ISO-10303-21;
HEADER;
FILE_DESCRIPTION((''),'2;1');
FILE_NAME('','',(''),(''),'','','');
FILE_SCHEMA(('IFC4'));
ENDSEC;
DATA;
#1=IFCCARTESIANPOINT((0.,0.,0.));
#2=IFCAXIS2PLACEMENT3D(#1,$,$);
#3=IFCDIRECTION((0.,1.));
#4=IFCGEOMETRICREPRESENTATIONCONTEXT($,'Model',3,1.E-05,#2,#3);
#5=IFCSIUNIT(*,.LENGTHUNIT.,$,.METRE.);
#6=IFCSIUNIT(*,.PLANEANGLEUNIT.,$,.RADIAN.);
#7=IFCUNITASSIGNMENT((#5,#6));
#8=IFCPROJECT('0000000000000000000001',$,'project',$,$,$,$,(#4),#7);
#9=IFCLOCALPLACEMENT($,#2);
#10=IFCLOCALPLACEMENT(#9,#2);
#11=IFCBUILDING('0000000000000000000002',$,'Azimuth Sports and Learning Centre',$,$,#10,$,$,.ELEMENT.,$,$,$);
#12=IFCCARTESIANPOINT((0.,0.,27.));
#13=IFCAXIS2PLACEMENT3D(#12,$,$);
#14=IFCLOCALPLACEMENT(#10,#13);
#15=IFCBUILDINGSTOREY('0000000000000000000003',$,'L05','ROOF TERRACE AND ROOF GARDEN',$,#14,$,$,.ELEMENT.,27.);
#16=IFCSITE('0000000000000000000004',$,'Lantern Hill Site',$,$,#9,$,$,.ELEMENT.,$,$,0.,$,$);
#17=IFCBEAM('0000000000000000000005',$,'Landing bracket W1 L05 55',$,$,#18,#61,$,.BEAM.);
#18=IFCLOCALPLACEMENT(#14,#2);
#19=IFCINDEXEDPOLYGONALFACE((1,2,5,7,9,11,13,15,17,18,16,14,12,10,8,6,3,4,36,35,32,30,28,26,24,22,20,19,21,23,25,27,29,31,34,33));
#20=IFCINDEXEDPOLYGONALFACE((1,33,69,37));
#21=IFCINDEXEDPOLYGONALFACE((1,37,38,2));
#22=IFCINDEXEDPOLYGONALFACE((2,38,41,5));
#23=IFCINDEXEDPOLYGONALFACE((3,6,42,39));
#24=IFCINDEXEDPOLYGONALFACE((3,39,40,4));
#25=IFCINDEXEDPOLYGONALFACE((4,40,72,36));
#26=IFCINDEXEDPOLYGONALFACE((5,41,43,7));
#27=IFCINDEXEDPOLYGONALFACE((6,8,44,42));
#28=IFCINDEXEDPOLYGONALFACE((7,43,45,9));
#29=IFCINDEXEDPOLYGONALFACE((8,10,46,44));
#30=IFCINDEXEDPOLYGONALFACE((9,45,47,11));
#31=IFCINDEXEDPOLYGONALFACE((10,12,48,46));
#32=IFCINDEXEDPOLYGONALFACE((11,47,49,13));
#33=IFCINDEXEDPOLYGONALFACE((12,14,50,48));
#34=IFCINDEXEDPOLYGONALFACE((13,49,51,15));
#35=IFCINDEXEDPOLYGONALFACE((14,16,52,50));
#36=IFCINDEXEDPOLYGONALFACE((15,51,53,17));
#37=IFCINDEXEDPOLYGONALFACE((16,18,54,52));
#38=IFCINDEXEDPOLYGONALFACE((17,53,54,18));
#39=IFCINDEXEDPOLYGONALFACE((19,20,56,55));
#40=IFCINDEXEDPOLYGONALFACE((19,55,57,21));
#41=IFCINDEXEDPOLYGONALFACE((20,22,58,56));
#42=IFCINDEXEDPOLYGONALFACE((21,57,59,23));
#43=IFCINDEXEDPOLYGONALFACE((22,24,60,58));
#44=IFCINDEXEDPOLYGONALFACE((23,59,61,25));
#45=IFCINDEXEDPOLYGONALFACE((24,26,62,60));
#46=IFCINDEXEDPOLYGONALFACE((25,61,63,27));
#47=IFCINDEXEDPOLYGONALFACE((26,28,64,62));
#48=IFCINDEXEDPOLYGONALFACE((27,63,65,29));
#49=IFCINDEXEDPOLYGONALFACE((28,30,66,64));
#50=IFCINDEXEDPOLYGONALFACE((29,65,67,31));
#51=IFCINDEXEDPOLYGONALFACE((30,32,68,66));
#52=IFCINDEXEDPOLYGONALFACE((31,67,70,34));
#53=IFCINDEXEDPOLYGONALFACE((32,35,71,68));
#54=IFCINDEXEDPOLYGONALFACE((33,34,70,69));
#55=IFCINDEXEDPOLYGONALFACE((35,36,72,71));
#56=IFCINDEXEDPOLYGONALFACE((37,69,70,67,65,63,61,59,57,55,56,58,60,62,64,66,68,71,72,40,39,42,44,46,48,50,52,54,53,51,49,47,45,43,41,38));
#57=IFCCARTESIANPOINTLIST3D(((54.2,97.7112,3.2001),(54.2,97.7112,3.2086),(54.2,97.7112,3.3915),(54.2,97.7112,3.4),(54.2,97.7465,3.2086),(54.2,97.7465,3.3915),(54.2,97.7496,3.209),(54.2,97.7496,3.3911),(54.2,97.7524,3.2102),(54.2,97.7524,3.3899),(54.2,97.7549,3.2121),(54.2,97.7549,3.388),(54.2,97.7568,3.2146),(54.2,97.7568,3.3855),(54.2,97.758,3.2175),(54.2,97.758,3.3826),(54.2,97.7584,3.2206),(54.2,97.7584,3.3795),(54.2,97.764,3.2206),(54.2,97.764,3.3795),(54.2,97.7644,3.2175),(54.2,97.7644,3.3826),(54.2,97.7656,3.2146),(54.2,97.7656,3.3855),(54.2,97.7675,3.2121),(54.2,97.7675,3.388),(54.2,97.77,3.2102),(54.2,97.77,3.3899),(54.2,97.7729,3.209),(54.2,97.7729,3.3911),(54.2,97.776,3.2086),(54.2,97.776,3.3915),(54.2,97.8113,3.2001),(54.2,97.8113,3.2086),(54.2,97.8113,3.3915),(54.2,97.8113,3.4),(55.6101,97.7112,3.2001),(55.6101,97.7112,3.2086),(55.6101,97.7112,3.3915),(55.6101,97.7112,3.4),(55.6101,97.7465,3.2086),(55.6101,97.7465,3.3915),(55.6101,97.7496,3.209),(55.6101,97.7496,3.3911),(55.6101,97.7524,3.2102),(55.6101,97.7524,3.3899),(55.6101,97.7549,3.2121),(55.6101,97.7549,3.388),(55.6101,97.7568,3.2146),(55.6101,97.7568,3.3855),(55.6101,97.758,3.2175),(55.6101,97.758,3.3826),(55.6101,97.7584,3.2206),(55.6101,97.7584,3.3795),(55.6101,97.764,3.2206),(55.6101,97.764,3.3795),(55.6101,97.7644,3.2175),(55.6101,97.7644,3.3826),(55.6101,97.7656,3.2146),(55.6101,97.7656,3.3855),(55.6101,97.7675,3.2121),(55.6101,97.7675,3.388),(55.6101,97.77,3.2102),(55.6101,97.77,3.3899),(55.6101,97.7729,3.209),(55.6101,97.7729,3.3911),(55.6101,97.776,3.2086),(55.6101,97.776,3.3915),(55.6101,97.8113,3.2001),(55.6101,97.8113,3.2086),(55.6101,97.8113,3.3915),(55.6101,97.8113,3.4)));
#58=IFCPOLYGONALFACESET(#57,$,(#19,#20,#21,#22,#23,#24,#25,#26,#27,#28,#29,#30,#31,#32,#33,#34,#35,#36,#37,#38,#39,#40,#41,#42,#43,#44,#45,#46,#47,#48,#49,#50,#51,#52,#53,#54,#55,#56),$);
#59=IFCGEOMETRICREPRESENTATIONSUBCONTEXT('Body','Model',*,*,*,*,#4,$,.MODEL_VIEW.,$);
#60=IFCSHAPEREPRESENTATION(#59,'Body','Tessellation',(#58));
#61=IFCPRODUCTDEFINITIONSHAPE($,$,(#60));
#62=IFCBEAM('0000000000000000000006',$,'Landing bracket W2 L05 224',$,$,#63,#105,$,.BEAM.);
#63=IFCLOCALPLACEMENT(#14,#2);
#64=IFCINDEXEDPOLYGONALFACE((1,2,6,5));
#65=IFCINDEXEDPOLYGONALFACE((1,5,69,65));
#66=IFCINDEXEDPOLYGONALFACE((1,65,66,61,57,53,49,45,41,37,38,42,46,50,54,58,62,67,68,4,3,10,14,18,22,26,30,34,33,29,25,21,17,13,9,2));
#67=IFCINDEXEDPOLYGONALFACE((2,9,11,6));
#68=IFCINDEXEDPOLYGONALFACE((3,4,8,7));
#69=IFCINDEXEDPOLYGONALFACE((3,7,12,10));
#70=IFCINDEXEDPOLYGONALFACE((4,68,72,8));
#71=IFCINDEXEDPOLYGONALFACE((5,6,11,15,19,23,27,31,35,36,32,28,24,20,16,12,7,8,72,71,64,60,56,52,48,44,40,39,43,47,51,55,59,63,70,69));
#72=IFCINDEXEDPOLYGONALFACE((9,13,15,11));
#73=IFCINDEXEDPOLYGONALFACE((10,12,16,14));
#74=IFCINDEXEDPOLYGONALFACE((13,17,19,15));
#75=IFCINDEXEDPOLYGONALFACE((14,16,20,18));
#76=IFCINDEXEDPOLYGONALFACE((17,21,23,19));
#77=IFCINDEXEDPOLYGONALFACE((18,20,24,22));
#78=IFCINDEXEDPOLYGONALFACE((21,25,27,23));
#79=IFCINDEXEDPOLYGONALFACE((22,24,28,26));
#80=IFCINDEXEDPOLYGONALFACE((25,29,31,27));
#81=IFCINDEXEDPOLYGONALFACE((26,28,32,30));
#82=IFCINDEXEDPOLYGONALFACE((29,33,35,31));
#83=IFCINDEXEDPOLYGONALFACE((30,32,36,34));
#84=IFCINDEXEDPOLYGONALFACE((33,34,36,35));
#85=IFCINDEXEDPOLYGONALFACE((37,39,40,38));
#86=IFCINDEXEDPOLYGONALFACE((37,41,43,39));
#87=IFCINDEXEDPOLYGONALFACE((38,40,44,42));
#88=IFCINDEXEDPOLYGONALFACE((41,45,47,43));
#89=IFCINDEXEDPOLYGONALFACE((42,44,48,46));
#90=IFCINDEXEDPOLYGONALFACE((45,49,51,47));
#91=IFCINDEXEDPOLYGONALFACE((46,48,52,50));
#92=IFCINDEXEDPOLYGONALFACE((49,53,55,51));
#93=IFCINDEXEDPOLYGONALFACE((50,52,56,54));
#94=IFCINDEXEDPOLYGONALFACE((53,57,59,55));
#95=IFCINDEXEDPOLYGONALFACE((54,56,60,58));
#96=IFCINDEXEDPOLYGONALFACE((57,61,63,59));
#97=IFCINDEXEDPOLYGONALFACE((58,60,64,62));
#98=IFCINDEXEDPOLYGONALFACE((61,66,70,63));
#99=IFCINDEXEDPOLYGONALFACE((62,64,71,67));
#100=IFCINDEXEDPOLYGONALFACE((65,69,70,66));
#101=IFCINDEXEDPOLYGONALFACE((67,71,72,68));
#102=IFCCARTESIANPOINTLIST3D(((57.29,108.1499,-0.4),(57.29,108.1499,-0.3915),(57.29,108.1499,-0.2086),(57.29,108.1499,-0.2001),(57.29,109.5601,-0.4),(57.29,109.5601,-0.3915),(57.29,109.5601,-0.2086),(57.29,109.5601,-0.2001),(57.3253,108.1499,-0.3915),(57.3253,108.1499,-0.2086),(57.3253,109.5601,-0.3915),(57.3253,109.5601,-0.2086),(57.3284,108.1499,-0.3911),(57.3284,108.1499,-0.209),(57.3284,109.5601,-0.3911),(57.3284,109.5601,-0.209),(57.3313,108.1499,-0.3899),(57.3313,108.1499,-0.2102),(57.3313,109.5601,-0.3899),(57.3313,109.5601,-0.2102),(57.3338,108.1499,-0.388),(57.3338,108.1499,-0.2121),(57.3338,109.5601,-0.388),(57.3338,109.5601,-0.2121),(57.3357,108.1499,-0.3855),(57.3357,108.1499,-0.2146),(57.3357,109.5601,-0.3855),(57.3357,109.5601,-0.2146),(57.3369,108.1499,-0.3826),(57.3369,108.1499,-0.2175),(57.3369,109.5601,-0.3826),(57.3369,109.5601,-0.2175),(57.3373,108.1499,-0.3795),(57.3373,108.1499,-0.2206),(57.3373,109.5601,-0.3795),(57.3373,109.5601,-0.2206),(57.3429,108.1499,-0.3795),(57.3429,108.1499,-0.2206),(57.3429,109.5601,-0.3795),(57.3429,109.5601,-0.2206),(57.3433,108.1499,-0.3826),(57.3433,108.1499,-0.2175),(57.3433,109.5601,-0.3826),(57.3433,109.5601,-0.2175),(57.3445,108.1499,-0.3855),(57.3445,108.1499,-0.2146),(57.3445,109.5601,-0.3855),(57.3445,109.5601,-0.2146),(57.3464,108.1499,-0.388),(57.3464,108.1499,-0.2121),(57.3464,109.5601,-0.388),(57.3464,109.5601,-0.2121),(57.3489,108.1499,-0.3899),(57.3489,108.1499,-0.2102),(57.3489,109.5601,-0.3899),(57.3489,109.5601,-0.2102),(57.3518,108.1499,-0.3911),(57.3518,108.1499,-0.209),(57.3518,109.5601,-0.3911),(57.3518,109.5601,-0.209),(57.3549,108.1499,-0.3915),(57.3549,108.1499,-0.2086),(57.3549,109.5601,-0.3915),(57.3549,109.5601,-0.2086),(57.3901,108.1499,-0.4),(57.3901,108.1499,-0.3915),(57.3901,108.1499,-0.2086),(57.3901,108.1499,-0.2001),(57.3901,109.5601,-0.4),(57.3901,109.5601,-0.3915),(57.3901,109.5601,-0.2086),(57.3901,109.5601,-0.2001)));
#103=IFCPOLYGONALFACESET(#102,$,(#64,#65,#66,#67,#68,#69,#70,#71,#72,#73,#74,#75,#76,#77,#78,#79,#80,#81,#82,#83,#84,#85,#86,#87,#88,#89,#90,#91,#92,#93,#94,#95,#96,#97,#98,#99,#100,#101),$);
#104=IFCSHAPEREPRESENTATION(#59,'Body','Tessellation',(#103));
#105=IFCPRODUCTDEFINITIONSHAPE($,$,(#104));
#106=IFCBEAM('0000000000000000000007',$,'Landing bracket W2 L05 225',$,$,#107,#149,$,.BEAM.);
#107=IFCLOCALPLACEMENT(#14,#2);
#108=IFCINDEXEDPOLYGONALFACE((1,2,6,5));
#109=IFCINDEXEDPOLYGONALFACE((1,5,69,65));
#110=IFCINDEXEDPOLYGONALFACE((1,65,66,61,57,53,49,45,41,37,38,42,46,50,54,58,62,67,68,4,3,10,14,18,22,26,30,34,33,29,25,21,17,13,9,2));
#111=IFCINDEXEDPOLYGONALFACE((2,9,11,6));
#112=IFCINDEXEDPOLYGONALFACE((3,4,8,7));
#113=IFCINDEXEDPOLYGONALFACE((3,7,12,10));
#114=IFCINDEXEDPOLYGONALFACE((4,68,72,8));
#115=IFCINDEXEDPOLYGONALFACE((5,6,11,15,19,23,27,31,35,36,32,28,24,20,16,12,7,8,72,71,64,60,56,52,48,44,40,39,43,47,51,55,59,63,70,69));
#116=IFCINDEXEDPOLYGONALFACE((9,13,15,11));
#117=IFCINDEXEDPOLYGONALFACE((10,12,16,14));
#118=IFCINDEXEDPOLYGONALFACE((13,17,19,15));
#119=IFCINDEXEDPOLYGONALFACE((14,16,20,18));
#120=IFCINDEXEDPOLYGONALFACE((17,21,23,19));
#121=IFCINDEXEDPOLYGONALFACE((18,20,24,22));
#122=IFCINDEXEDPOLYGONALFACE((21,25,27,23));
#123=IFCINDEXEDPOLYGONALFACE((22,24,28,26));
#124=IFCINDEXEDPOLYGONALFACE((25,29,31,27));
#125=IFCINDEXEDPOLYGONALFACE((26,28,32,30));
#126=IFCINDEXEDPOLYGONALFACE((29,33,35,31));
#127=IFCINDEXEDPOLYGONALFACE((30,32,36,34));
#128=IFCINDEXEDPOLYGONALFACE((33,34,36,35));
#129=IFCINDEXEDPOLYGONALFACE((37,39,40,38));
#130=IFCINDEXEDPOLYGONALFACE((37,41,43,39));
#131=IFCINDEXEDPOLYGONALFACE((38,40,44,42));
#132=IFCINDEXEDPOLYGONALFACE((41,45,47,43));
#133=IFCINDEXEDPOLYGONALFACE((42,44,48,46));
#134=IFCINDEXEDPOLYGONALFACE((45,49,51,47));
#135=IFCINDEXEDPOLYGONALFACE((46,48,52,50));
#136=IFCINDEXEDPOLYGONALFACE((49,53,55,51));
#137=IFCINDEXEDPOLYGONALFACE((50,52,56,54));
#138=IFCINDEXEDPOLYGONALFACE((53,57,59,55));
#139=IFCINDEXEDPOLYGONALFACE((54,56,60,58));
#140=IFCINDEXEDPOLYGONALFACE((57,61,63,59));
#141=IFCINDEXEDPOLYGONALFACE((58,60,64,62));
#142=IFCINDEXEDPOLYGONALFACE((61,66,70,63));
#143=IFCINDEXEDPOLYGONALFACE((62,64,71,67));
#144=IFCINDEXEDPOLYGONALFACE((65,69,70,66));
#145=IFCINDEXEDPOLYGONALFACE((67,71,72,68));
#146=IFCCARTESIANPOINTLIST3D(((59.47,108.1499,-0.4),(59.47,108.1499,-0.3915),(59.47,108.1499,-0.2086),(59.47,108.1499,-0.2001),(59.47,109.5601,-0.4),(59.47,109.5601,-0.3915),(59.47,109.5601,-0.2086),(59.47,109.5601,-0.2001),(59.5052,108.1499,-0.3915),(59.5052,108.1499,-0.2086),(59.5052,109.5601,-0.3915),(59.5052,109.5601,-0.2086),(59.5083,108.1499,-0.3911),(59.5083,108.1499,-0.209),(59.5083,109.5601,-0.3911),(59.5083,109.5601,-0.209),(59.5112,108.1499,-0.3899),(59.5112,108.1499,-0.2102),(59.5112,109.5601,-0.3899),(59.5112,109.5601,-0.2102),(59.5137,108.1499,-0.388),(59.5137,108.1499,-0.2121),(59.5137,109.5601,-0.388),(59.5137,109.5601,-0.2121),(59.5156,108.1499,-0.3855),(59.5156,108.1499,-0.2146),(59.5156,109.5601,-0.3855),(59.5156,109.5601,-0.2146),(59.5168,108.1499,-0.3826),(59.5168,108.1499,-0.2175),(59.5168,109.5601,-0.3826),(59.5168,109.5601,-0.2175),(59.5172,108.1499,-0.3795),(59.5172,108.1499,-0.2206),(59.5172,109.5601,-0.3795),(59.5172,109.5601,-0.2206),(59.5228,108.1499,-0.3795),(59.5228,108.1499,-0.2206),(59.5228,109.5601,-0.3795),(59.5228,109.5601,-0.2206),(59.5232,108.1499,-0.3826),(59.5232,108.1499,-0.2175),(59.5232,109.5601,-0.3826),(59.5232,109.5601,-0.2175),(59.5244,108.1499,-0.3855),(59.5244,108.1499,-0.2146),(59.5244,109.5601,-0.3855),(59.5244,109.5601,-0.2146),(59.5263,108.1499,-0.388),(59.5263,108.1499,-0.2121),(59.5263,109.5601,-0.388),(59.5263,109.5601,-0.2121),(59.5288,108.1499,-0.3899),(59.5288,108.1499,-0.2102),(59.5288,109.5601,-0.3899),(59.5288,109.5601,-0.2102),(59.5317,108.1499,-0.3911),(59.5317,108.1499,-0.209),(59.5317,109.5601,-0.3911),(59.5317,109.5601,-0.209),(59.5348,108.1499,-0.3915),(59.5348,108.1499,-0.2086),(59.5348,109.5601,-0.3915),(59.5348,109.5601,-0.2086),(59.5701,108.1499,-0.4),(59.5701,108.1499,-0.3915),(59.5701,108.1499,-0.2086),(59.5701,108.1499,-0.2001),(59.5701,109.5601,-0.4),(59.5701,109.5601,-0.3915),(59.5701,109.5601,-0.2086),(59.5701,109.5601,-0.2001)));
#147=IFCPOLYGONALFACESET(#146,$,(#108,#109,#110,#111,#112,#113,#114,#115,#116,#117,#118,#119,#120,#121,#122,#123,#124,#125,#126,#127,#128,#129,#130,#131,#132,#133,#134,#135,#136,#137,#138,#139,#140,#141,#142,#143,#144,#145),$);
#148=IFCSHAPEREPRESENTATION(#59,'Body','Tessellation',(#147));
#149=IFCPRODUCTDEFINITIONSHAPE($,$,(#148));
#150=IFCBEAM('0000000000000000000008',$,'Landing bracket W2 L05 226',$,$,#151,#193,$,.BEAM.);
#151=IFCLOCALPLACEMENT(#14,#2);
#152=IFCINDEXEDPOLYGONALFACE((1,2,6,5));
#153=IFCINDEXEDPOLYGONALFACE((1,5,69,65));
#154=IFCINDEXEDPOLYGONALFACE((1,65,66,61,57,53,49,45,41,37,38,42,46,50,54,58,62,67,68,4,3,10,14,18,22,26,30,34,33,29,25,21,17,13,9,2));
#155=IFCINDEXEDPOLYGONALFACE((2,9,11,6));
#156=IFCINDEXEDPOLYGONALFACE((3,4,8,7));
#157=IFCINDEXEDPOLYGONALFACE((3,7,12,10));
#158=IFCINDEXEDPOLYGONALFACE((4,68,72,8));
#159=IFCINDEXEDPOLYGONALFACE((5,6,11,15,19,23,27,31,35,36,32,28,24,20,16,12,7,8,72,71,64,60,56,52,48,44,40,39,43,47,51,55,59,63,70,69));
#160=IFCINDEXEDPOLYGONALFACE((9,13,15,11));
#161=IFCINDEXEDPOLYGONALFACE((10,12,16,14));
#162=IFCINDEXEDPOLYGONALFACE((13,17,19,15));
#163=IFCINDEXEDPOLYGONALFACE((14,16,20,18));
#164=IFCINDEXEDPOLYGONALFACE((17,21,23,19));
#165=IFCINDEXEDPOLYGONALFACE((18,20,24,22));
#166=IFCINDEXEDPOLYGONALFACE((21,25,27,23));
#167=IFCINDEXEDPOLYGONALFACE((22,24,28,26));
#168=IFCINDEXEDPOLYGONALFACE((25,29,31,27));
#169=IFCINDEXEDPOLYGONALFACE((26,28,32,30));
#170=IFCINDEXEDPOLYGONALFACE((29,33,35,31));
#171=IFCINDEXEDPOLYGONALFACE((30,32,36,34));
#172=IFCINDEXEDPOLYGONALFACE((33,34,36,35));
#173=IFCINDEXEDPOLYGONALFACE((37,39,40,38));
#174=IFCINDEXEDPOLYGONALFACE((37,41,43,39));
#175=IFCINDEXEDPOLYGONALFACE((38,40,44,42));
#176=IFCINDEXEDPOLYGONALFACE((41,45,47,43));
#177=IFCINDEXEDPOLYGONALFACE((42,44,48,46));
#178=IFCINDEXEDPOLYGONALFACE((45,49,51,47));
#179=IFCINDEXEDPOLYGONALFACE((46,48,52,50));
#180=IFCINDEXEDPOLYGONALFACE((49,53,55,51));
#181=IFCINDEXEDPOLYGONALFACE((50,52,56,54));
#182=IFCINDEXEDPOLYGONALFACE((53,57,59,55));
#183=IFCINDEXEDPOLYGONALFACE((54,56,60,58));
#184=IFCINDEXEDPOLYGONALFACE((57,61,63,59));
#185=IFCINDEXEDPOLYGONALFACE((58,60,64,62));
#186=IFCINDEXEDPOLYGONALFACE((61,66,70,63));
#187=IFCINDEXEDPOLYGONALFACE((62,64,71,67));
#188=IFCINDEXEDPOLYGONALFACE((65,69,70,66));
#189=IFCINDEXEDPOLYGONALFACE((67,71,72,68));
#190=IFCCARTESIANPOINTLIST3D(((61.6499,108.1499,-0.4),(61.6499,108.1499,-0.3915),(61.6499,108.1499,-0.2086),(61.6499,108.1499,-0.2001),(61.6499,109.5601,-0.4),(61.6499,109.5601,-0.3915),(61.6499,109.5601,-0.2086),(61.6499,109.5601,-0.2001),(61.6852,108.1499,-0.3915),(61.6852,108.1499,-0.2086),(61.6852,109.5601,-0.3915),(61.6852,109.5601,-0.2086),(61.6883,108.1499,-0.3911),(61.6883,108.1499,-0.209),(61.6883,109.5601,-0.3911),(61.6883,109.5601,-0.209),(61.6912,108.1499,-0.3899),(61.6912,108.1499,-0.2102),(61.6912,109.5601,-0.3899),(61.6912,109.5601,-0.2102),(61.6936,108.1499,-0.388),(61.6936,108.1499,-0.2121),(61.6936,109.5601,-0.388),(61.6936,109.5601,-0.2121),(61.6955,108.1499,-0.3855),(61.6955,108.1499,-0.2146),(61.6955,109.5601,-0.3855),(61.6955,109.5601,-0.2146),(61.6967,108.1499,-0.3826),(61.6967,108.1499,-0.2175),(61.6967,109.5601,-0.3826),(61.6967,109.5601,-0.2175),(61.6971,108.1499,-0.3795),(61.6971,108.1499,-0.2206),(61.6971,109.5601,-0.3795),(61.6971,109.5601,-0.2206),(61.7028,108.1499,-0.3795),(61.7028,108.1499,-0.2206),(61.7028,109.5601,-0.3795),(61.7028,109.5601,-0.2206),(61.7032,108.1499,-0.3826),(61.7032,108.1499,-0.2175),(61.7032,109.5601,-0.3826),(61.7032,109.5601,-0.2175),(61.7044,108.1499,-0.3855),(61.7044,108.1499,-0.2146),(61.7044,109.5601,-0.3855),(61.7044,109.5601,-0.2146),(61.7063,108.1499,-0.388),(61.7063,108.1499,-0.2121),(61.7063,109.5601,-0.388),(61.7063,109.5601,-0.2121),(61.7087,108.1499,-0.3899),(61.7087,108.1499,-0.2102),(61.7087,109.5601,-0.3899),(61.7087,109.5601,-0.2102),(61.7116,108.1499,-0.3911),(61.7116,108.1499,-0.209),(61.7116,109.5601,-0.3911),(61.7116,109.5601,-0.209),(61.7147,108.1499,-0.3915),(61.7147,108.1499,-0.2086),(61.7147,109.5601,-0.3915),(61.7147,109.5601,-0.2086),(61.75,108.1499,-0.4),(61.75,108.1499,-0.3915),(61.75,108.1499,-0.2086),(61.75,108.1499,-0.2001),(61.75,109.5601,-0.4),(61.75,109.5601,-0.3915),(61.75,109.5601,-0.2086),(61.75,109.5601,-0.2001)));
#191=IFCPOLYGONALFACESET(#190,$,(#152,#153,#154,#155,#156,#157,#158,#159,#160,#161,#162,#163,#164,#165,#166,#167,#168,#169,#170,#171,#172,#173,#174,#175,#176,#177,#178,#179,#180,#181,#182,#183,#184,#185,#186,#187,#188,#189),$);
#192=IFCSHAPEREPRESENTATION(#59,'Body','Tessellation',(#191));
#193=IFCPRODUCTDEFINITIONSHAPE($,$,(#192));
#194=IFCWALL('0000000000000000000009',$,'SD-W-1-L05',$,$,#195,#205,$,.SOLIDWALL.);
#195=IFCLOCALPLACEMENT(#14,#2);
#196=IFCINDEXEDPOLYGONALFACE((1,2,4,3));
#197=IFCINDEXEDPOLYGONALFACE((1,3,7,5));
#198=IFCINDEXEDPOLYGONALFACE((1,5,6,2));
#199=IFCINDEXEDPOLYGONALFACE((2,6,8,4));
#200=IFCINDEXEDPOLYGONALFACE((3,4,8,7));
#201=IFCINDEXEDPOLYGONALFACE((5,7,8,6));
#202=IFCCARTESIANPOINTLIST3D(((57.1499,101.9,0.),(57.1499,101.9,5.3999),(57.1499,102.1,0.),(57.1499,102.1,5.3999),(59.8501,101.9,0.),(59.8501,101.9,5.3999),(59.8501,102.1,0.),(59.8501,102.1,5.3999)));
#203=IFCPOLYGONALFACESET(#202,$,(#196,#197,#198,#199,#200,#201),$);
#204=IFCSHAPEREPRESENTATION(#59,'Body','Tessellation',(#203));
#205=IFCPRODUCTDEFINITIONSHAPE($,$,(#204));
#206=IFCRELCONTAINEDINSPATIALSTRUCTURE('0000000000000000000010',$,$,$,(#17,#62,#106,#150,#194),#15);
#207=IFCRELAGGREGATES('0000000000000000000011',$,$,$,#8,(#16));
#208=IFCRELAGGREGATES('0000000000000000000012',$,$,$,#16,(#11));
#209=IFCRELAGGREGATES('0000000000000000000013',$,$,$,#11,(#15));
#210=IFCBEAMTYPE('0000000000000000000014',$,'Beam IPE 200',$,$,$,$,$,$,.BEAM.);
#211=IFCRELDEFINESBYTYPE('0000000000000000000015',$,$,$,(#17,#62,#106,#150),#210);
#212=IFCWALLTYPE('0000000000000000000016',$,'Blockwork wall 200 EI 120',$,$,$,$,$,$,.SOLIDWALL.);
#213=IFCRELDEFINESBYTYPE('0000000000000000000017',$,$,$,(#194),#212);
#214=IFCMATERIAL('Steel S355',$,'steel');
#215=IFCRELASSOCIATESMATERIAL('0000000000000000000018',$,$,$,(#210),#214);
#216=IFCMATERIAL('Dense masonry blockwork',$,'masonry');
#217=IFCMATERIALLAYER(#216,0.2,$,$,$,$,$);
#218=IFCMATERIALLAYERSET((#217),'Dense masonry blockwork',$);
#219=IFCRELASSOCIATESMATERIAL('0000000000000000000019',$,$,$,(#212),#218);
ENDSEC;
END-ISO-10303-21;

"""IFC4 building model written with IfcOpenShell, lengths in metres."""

from ifc_helpers import new_model, si_unit, direction, frame, frame_2d, origin, origin_2d, place, context, subcontext, project, spatial, rectangle, i_section, extrude, material, layer, layer_set, material_profile, profile_set, type_object, element, save


model = new_model("IFC4")

# Units and contexts
model_context = context("Model", 3, precision=1e-05, world=origin(), true_north=direction((0.0, 1.0)))
body_context = subcontext(model_context, "Body", "Model", "MODEL_VIEW")
ifc_project = project(units=[si_unit("LENGTHUNIT", "METRE"), si_unit("PLANEANGLEUNIT", "RADIAN")], contexts=[model_context])

# Site, building, storey
site_placement = place(None, origin())
site = spatial("IfcSite", under=ifc_project, at=site_placement, Name="Lantern Hill Site", CompositionType="ELEMENT", RefElevation=0.0)
building_placement = place(site_placement, origin())
building = spatial("IfcBuilding", under=site, at=building_placement, Name="Azimuth Sports and Learning Centre", CompositionType="ELEMENT")
storey_placement = place(building_placement, frame((0.0, 0.0, 27.0)))
storey = spatial("IfcBuildingStorey", under=building, at=storey_placement, Name="L05", Description="ROOF TERRACE AND ROOF GARDEN", CompositionType="ELEMENT", Elevation=27.0)

# Beams
ifc_material_1 = material(Name="Steel S355", Category="steel")
ifc_material_profile = material_profile(ifc_material_1, i_section(OverallWidth=0.1001, OverallDepth=0.2, WebThickness=0.0056, FlangeThickness=0.0085, FilletRadius=0.012, at=origin_2d()), Name="IPE 200")
ifc_profile_set = profile_set([ifc_material_profile], Name="Steel S355")
beam_type = type_object("IfcBeamType", Name="Beam IPE 200", PredefinedType="BEAM", material=ifc_profile_set)
for number, where, z_axis, x_axis, name in (
    (1, (54.2, 97.7612, 3.3), (1.0, 0.0, 0.0), (0.0, 1.0, 0.0), "Landing bracket W1 L05 55"),
    (2, (57.3401, 108.1499, -0.3), (0.0, 1.0, 0.0), (-1.0, 0.0, 0.0), "Landing bracket W2 L05 224"),
    (3, (59.52, 108.1499, -0.3), (0.0, 1.0, 0.0), (-1.0, 0.0, 0.0), "Landing bracket W2 L05 225"),
    (4, (61.7, 108.1499, -0.3), (0.0, 1.0, 0.0), (-1.0, 0.0, 0.0), "Landing bracket W2 L05 226"),
):
    element("IfcBeam", number, at=place(storey_placement, frame(where, z_axis=z_axis, x_axis=x_axis)), inside=storey, type_object=beam_type, Name=name, PredefinedType="BEAM", context=body_context, shape_type="SweptSolid", body=[
        extrude(i_section(OverallWidth=0.1001, OverallDepth=0.2, WebThickness=0.0056, FlangeThickness=0.0085, FilletRadius=0.012, at=origin_2d()), origin(), (0.0, 0.0, 1.0), 1.4102),
    ])

# Wall
ifc_material_2 = material(Name="Dense masonry blockwork", Category="masonry")
ifc_layer_1 = layer(ifc_material_2, 0.2)
ifc_layer_set_1 = layer_set([ifc_layer_1], Name="Dense masonry blockwork")
wall_type_1 = type_object("IfcWallType", Name="Blockwork wall 200 EI 120", PredefinedType="SOLIDWALL", material=ifc_layer_set_1)
for number, where, z_axis, x_axis, name in (
    (5, (57.1499, 102.0, 0.0), (0.0, 0.0, 1.0), (1.0, 0.0, 0.0), "SD-W-1-L05"),
):
    element("IfcWall", number, at=place(storey_placement, frame(where, z_axis=z_axis, x_axis=x_axis)), inside=storey, type_object=wall_type_1, Name=name, PredefinedType="SOLIDWALL", context=body_context, shape_type="SweptSolid", body=[
        extrude(rectangle(XDim=2.7002, YDim=0.2, at=frame_2d((1.3501, 0.0))), origin(), (0.0, 0.0, 1.0), 5.3999),
    ])

save(model, "model.ifc")
